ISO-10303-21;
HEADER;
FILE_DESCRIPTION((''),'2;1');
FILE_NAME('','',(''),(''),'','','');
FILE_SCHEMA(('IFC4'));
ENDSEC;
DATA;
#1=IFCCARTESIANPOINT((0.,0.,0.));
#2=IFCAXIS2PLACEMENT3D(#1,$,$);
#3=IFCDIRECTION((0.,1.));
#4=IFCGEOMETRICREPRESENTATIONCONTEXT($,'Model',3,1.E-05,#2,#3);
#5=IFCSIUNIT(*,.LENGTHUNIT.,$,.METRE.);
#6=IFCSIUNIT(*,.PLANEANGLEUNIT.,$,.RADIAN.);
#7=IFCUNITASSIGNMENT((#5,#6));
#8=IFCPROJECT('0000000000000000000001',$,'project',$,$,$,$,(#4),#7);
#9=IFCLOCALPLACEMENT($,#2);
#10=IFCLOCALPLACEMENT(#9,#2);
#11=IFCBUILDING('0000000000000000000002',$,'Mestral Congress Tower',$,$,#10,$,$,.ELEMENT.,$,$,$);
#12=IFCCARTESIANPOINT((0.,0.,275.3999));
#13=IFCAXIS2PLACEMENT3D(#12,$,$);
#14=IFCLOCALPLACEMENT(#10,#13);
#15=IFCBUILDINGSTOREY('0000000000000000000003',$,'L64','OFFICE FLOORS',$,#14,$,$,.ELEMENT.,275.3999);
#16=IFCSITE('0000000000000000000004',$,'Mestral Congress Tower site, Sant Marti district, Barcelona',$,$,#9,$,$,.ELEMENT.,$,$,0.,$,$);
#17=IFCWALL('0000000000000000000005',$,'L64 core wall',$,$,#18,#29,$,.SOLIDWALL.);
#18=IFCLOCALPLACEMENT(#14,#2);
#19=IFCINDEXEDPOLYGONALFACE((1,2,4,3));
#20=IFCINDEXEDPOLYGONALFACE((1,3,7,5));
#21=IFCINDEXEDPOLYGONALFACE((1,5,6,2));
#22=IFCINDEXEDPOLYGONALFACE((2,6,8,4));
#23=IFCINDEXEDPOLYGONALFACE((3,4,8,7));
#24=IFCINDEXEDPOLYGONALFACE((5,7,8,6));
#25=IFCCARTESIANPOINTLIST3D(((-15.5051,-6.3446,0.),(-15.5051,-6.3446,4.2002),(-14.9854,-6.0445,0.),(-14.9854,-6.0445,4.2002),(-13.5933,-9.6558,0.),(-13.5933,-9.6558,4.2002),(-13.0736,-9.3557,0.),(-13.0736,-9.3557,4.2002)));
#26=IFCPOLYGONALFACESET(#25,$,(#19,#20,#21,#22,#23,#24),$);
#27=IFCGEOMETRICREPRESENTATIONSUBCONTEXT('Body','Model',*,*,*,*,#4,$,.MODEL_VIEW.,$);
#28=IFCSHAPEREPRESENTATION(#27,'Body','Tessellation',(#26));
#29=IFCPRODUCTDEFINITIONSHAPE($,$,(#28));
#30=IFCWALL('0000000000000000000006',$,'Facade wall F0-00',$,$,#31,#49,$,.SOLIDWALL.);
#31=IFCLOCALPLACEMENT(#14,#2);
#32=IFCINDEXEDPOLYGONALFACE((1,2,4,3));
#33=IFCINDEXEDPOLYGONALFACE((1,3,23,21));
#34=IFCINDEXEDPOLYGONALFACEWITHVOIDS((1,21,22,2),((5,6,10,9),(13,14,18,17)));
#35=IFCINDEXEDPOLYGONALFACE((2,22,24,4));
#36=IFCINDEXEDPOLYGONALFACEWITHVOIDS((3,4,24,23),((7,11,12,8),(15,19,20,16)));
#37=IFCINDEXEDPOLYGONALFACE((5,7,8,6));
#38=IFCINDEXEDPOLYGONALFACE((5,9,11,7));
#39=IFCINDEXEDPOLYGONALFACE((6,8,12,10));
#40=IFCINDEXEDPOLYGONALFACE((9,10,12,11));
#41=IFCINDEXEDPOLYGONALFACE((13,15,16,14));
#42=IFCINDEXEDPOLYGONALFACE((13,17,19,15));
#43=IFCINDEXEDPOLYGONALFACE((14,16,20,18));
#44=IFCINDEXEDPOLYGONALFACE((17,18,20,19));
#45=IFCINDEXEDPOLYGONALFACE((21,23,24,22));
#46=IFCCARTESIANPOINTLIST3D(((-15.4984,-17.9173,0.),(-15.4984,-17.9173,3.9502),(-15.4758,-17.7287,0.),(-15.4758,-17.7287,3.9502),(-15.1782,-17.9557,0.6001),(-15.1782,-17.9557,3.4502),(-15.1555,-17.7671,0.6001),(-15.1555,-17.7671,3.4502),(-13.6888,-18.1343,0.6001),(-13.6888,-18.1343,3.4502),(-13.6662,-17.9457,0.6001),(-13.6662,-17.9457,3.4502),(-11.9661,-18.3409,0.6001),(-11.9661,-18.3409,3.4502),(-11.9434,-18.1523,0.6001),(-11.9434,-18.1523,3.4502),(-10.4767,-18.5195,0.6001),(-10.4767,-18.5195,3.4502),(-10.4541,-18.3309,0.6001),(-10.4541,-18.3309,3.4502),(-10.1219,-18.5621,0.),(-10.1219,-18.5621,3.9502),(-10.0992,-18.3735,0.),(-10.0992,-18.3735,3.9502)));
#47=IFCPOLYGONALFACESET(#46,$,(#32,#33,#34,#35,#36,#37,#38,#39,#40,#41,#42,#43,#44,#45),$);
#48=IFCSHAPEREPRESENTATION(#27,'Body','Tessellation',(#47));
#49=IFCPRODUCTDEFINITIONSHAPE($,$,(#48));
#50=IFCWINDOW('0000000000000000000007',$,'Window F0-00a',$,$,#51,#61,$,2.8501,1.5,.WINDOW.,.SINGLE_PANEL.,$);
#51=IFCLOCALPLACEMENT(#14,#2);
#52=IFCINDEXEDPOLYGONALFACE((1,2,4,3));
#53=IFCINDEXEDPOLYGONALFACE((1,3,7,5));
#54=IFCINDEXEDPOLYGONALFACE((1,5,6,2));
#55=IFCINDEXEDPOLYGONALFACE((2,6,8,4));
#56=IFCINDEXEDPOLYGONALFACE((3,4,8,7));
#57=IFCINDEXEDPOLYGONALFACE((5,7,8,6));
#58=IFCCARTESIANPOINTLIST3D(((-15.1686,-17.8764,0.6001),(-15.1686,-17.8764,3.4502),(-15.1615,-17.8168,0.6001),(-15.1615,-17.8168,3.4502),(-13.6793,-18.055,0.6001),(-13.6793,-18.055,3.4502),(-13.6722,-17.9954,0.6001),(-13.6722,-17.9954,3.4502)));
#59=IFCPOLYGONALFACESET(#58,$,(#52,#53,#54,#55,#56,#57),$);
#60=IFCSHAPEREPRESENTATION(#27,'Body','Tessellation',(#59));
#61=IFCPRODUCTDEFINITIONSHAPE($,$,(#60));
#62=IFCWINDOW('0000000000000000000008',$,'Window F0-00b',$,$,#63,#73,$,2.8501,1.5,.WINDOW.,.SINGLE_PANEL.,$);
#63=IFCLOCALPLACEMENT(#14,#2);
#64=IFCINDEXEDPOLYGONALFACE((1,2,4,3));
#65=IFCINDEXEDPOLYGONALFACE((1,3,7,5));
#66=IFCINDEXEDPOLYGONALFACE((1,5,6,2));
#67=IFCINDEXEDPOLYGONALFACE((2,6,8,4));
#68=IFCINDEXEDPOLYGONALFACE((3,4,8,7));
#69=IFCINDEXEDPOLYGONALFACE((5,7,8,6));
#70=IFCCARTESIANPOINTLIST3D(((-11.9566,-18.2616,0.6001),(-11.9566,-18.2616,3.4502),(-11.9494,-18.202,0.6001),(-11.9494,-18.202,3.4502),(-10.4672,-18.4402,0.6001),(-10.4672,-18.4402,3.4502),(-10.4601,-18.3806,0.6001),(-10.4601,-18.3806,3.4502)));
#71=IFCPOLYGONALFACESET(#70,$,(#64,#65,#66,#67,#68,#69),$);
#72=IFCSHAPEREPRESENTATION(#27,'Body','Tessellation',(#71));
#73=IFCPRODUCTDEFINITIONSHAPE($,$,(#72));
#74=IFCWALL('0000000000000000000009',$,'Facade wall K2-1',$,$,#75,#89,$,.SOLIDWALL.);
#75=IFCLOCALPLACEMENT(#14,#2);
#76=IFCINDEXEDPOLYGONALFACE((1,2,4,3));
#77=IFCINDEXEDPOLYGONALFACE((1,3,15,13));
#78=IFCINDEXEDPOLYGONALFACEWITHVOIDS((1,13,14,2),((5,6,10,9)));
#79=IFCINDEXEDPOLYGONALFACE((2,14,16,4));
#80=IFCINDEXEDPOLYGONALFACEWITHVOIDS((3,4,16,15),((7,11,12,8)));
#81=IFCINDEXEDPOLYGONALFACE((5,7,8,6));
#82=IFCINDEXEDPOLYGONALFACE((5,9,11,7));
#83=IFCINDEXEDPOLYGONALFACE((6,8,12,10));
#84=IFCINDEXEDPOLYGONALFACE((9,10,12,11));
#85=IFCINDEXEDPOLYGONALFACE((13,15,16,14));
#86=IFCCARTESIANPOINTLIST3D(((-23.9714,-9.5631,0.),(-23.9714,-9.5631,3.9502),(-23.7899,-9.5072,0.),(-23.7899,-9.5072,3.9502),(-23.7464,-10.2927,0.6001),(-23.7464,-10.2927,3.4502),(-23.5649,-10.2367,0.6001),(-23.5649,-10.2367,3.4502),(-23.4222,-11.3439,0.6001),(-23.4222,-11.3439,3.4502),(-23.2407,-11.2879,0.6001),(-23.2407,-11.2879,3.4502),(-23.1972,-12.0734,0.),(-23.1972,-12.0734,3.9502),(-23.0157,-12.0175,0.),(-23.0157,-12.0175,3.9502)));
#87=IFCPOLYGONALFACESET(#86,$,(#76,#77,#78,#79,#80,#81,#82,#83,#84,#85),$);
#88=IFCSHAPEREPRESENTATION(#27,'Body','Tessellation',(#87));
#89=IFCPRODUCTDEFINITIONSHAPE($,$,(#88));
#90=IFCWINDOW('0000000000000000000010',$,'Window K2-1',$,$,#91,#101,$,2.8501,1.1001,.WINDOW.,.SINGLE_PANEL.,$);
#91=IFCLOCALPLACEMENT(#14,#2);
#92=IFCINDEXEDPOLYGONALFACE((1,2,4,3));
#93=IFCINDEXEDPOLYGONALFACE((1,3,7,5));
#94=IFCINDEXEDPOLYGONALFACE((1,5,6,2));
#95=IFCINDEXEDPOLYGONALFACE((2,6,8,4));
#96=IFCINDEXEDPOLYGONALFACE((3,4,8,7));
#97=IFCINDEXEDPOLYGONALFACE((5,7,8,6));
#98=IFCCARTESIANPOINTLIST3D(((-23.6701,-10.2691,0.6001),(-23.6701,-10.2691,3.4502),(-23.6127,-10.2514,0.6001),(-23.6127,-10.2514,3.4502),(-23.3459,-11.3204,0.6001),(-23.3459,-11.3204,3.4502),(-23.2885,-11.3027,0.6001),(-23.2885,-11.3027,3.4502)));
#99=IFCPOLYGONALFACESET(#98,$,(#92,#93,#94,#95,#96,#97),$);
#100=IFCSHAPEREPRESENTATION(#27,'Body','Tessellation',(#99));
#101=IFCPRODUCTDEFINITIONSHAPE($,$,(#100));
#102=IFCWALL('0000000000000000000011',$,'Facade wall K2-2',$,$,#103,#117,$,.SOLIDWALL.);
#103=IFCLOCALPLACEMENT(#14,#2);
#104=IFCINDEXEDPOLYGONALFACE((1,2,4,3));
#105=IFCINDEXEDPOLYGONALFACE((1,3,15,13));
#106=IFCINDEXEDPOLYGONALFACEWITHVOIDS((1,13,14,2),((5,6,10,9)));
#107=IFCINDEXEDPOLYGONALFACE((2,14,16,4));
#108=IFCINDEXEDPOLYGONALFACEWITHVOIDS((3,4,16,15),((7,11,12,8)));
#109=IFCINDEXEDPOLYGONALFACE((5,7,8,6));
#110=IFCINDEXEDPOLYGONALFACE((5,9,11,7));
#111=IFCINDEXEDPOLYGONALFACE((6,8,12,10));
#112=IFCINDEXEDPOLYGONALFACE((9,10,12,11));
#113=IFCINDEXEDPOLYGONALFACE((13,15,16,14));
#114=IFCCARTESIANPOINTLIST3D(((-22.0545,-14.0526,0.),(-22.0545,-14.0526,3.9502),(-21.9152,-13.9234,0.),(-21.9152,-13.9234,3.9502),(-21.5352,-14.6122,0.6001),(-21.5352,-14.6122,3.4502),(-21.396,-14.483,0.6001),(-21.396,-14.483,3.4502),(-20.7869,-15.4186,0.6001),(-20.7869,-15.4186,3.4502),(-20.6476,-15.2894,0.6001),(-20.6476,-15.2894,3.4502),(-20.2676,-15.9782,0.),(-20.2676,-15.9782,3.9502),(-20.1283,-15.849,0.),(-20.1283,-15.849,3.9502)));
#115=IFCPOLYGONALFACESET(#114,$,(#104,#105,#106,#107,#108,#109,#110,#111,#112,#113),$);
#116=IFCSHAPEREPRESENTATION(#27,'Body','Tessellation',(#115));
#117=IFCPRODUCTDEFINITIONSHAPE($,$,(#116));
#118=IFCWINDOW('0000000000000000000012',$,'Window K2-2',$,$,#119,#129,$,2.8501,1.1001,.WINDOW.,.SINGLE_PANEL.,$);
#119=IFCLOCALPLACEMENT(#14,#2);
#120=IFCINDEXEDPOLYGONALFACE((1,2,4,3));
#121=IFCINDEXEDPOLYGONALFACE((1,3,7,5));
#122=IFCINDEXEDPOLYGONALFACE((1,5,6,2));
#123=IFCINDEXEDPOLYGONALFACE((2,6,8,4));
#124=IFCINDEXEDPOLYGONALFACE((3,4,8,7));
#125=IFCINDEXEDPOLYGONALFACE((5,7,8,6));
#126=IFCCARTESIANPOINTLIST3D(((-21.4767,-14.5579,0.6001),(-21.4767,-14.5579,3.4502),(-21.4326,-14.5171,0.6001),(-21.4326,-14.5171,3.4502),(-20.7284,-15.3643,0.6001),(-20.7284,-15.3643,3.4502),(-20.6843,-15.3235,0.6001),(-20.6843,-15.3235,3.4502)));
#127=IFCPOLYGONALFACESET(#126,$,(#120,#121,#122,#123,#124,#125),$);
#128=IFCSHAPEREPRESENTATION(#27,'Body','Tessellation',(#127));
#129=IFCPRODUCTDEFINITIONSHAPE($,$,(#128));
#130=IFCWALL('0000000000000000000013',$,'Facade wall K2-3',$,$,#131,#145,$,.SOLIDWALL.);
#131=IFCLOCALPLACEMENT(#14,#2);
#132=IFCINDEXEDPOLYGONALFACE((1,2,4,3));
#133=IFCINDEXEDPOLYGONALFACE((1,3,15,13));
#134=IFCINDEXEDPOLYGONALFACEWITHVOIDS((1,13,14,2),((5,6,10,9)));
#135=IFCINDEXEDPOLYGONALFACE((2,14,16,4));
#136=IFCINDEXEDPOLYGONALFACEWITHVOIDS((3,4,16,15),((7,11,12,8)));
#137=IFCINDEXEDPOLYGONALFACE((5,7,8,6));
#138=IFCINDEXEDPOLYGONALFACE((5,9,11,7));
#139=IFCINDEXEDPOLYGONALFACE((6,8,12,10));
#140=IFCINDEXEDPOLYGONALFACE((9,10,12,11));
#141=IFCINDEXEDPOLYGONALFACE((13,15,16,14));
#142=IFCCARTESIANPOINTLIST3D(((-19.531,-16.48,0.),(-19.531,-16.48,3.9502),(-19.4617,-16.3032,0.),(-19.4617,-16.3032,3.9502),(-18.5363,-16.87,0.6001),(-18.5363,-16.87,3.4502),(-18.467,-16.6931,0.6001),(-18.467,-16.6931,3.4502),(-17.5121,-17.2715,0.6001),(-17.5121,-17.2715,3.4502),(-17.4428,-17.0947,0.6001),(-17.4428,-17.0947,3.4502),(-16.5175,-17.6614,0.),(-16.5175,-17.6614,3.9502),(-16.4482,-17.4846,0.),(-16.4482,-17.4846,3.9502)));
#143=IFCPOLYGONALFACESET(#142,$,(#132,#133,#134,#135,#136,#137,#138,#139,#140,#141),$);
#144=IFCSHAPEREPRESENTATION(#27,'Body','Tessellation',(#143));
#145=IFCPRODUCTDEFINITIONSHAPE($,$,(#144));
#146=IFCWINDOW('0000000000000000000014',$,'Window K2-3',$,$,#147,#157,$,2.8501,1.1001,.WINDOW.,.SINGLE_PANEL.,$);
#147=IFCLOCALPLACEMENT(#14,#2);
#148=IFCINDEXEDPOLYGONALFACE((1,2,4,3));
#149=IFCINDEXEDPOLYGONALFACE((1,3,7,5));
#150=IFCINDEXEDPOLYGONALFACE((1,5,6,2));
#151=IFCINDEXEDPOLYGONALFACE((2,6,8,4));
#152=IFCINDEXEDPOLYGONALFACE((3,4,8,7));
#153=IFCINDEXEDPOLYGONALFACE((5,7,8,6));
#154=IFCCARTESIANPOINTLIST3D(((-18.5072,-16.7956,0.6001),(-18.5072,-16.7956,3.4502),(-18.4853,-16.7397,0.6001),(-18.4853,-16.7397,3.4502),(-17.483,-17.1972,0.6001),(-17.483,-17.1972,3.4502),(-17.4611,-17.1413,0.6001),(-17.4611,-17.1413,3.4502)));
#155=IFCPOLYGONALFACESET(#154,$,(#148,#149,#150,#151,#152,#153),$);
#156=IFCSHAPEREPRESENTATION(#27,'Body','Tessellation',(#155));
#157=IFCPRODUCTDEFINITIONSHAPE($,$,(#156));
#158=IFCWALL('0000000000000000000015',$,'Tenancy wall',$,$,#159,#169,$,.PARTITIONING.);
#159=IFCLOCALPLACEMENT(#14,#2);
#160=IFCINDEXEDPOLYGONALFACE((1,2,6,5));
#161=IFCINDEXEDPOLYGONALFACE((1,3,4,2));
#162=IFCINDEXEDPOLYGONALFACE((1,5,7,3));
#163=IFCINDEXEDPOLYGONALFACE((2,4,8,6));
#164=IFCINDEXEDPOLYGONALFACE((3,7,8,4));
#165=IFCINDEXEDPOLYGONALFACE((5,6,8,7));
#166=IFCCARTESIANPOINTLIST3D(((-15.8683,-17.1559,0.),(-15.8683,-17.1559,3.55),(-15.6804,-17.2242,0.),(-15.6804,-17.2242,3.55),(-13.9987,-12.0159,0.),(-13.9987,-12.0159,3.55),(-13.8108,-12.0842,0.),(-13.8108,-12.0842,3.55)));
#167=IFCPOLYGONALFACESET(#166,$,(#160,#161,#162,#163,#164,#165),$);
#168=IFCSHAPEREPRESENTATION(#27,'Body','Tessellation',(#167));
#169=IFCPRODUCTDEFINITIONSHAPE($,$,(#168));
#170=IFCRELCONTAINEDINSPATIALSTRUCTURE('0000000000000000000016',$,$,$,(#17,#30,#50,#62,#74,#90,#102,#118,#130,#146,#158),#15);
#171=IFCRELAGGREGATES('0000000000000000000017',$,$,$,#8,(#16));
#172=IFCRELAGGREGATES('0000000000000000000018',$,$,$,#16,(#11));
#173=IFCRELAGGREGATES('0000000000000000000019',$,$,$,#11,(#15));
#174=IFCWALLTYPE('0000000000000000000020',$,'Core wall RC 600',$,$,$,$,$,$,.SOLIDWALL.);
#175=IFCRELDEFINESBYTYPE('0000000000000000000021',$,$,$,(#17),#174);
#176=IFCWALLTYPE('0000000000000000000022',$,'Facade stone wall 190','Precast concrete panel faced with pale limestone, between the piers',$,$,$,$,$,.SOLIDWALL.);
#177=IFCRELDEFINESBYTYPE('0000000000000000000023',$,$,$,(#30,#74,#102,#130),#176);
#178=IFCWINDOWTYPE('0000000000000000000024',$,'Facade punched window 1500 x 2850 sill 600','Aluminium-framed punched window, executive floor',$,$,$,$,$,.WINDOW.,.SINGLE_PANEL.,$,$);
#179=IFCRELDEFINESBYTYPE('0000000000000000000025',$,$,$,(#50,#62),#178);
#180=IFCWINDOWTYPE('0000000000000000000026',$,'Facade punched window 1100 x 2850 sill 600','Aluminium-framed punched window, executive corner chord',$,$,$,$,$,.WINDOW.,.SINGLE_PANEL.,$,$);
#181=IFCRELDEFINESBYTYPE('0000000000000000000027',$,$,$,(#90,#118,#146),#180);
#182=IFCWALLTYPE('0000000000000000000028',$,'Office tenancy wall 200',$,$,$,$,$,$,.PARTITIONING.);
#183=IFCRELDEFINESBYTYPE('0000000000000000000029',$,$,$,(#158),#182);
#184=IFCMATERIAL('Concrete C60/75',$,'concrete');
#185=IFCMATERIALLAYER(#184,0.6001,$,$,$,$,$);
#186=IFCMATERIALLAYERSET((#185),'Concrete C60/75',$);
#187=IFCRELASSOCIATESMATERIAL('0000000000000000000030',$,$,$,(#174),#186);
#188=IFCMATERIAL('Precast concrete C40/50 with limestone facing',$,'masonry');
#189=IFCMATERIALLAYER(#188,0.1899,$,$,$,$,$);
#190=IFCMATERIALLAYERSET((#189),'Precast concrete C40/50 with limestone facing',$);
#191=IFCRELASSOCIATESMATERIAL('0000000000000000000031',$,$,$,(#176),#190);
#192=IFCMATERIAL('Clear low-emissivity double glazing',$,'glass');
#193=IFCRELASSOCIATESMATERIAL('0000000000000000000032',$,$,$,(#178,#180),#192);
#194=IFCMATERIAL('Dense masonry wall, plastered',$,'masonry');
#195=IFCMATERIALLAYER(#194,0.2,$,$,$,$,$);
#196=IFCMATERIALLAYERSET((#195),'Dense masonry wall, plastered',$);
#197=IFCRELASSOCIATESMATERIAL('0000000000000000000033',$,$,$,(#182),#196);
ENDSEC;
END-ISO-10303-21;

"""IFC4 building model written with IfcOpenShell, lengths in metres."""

from ifc_helpers import new_model, si_unit, direction, frame, frame_2d, origin, place, context, subcontext, project, spatial, rectangle, extrude, material, layer, layer_set, type_object, element, fill, save


model = new_model("IFC4")

# Units and contexts
model_context = context("Model", 3, precision=1e-05, world=origin(), true_north=direction((0.0, 1.0)))
body_context = subcontext(model_context, "Body", "Model", "MODEL_VIEW")
ifc_project = project(units=[si_unit("LENGTHUNIT", "METRE"), si_unit("PLANEANGLEUNIT", "RADIAN")], contexts=[model_context])

# Site, building, storey
site_placement = place(None, origin())
site = spatial("IfcSite", under=ifc_project, at=site_placement, Name="Mestral Congress Tower site, Sant Marti district, Barcelona", CompositionType="ELEMENT", RefElevation=0.0)
building_placement = place(site_placement, origin())
building = spatial("IfcBuilding", under=site, at=building_placement, Name="Mestral Congress Tower", CompositionType="ELEMENT")
storey_placement = place(building_placement, frame((0.0, 0.0, 275.3999)))
storey = spatial("IfcBuildingStorey", under=building, at=storey_placement, Name="L64", Description="OFFICE FLOORS", CompositionType="ELEMENT", Elevation=275.3999)

# Shared definitions
ifc_material_1 = material(Name="Concrete C60/75", Category="concrete")

# Wall
ifc_layer_1 = layer(ifc_material_1, 0.6001)
ifc_layer_set_1 = layer_set([ifc_layer_1], Name="Concrete C60/75")
wall_type_1 = type_object("IfcWallType", Name="Core wall RC 600", PredefinedType="SOLIDWALL", material=ifc_layer_set_1)
wall_1_placement = place(storey_placement, frame((-13.3335, -9.5056, 0.0), z_axis=(0.0, 0.0, 1.0), x_axis=(-0.500019, 0.866014, 0.0)))
element("IfcWall", 1, at=wall_1_placement, inside=storey, type_object=wall_type_1, Name="L64 core wall", PredefinedType="SOLIDWALL", context=body_context, shape_type="SweptSolid", body=[
    extrude(rectangle(XDim=3.8235, YDim=0.6001, at=frame_2d((1.9116, 0.0))), origin(), (0.0, 0.0, 1.0), 4.2002),
])

# Wall, openings, windows
ifc_material_2 = material(Name="Precast concrete C40/50 with limestone facing", Category="masonry")
ifc_layer_2 = layer(ifc_material_2, 0.1899)
ifc_layer_set_2 = layer_set([ifc_layer_2], Name="Precast concrete C40/50 with limestone facing")
wall_type_2 = type_object("IfcWallType", Name="Facade stone wall 190", Description="Precast concrete panel faced with pale limestone, between the piers", PredefinedType="SOLIDWALL", material=ifc_layer_set_2)
wall_2_placement = place(storey_placement, frame((-15.4871, -17.823, 0.0), z_axis=(0.0, 0.0, 1.0), x_axis=(0.992886, -0.119072, 0.0)))
wall_2 = element("IfcWall", 2, at=wall_2_placement, inside=storey, type_object=wall_type_2, Name="Facade wall F0-00", PredefinedType="SOLIDWALL", context=body_context, shape_type="SweptSolid", body=[
    extrude(rectangle(XDim=5.415, YDim=0.1899, at=frame_2d((2.7075, 0.0))), origin(), (0.0, 0.0, 1.0), 3.9502),
])
opening_1_placement = place(wall_2_placement, frame((0.3225, 0.0, 0.6001)))
opening_1 = element("IfcOpeningElement", 3, at=opening_1_placement, cuts=wall_2, PredefinedType="OPENING", context=body_context, shape_type="SweptSolid", body=[
    extrude(rectangle(XDim=1.5, YDim=2.8501, at=frame_2d((0.75, 1.425))), frame((0.0, 0.105, 0.0), z_axis=(0.0, -1.0, 0.0), x_axis=(1.0, 0.0, 0.0)), (0.0, 0.0, 1.0), 0.21),
])
opening_2_placement = place(wall_2_placement, frame((3.5576, 0.0, 0.6001)))
opening_2 = element("IfcOpeningElement", 4, at=opening_2_placement, cuts=wall_2, PredefinedType="OPENING", context=body_context, shape_type="SweptSolid", body=[
    extrude(rectangle(XDim=1.5, YDim=2.8501, at=frame_2d((0.75, 1.425))), frame((0.0, 0.105, 0.0), z_axis=(0.0, -1.0, 0.0), x_axis=(1.0, 0.0, 0.0)), (0.0, 0.0, 1.0), 0.21),
])
ifc_material_3 = material(Name="Clear low-emissivity double glazing", Category="glass")
window_type_1 = type_object("IfcWindowType", Name="Facade punched window 1500 x 2850 sill 600", Description="Aluminium-framed punched window, executive floor", PartitioningType="SINGLE_PANEL", PredefinedType="WINDOW", material=ifc_material_3)
window_1_placement = place(opening_1_placement, origin())
window_1 = element("IfcWindow", 5, at=window_1_placement, inside=storey, type_object=window_type_1, Name="Window F0-00a", OverallHeight=2.8501, OverallWidth=1.5, PartitioningType="SINGLE_PANEL", PredefinedType="WINDOW", context=body_context, shape_type="SweptSolid", body=[
    extrude(rectangle(XDim=1.5, YDim=2.8501, at=frame_2d((0.75, 1.425))), frame((0.0, 0.0449, 0.0), z_axis=(0.0, -1.0, 0.0), x_axis=(1.0, 0.0, 0.0)), (0.0, 0.0, 1.0), 0.0601),
])
fill(opening_1, window_1)
window_2_placement = place(opening_2_placement, origin())
window_2 = element("IfcWindow", 6, at=window_2_placement, inside=storey, type_object=window_type_1, Name="Window F0-00b", OverallHeight=2.8501, OverallWidth=1.5, PartitioningType="SINGLE_PANEL", PredefinedType="WINDOW", context=body_context, shape_type="SweptSolid", body=[
    extrude(rectangle(XDim=1.5, YDim=2.8501, at=frame_2d((0.75, 1.425))), frame((0.0, 0.0449, 0.0), z_axis=(0.0, -1.0, 0.0), x_axis=(1.0, 0.0, 0.0)), (0.0, 0.0, 1.0), 0.0601),
])
fill(opening_2, window_2)

# Walls, openings, windows
wall_3_placement = place(storey_placement, frame((-23.8806, -9.5352, 0.0), z_axis=(0.0, 0.0, 1.0), x_axis=(0.294706, -0.955588, 0.0)))
wall_3 = element("IfcWall", 7, at=wall_3_placement, inside=storey, type_object=wall_type_2, Name="Facade wall K2-1", PredefinedType="SOLIDWALL", context=body_context, shape_type="SweptSolid", body=[
    extrude(rectangle(XDim=2.627, YDim=0.1899, at=frame_2d((1.3135, 0.0))), origin(), (0.0, 0.0, 1.0), 3.9502),
])
opening_3_placement = place(wall_3_placement, frame((0.7634, 0.0, 0.6001)))
opening_3 = element("IfcOpeningElement", 8, at=opening_3_placement, cuts=wall_3, PredefinedType="OPENING", context=body_context, shape_type="SweptSolid", body=[
    extrude(rectangle(XDim=1.1001, YDim=2.8501, at=frame_2d((0.55, 1.425))), frame((0.0, 0.105, 0.0), z_axis=(0.0, -1.0, 0.0), x_axis=(1.0, 0.0, 0.0)), (0.0, 0.0, 1.0), 0.21),
])
window_type_2 = type_object("IfcWindowType", Name="Facade punched window 1100 x 2850 sill 600", Description="Aluminium-framed punched window, executive corner chord", PartitioningType="SINGLE_PANEL", PredefinedType="WINDOW", material=ifc_material_3)
window_3_placement = place(opening_3_placement, origin())
window_3 = element("IfcWindow", 9, at=window_3_placement, inside=storey, type_object=window_type_2, Name="Window K2-1", OverallHeight=2.8501, OverallWidth=1.1001, PartitioningType="SINGLE_PANEL", PredefinedType="WINDOW", context=body_context, shape_type="SweptSolid", body=[
    extrude(rectangle(XDim=1.1001, YDim=2.8501, at=frame_2d((0.55, 1.425))), frame((0.0, 0.0449, 0.0), z_axis=(0.0, -1.0, 0.0), x_axis=(1.0, 0.0, 0.0)), (0.0, 0.0, 1.0), 0.0601),
])
fill(opening_3, window_3)
wall_4_placement = place(storey_placement, frame((-21.9849, -13.988, 0.0), z_axis=(0.0, 0.0, 1.0), x_axis=(0.680219, -0.733009, 0.0)))
wall_4 = element("IfcWall", 10, at=wall_4_placement, inside=storey, type_object=wall_type_2, Name="Facade wall K2-2", PredefinedType="SOLIDWALL", context=body_context, shape_type="SweptSolid", body=[
    extrude(rectangle(XDim=2.627, YDim=0.1899, at=frame_2d((1.3135, 0.0))), origin(), (0.0, 0.0, 1.0), 3.9502),
])
opening_4_placement = place(wall_4_placement, frame((0.7634, 0.0, 0.6001)))
opening_4 = element("IfcOpeningElement", 11, at=opening_4_placement, cuts=wall_4, PredefinedType="OPENING", context=body_context, shape_type="SweptSolid", body=[
    extrude(rectangle(XDim=1.1001, YDim=2.8501, at=frame_2d((0.55, 1.425))), frame((0.0, 0.105, 0.0), z_axis=(0.0, -1.0, 0.0), x_axis=(1.0, 0.0, 0.0)), (0.0, 0.0, 1.0), 0.21),
])
window_4_placement = place(opening_4_placement, origin())
window_4 = element("IfcWindow", 12, at=window_4_placement, inside=storey, type_object=window_type_2, Name="Window K2-2", OverallHeight=2.8501, OverallWidth=1.1001, PartitioningType="SINGLE_PANEL", PredefinedType="WINDOW", context=body_context, shape_type="SweptSolid", body=[
    extrude(rectangle(XDim=1.1001, YDim=2.8501, at=frame_2d((0.55, 1.425))), frame((0.0, 0.0449, 0.0), z_axis=(0.0, -1.0, 0.0), x_axis=(1.0, 0.0, 0.0)), (0.0, 0.0, 1.0), 0.0601),
])
fill(opening_4, window_4)
wall_5_placement = place(storey_placement, frame((-19.4963, -16.3916, 0.0), z_axis=(0.0, 0.0, 1.0), x_axis=(0.931009, -0.364997, 0.0)))
wall_5 = element("IfcWall", 13, at=wall_5_placement, inside=storey, type_object=wall_type_2, Name="Facade wall K2-3", PredefinedType="SOLIDWALL", context=body_context, shape_type="SweptSolid", body=[
    extrude(rectangle(XDim=3.2368, YDim=0.1899, at=frame_2d((1.6184, 0.0))), origin(), (0.0, 0.0, 1.0), 3.9502),
])
opening_5_placement = place(wall_5_placement, frame((1.0684, 0.0, 0.6001)))
opening_5 = element("IfcOpeningElement", 14, at=opening_5_placement, cuts=wall_5, PredefinedType="OPENING", context=body_context, shape_type="SweptSolid", body=[
    extrude(rectangle(XDim=1.1001, YDim=2.8501, at=frame_2d((0.55, 1.425))), frame((0.0, 0.105, 0.0), z_axis=(0.0, -1.0, 0.0), x_axis=(1.0, 0.0, 0.0)), (0.0, 0.0, 1.0), 0.21),
])
window_5_placement = place(opening_5_placement, origin())
window_5 = element("IfcWindow", 15, at=window_5_placement, inside=storey, type_object=window_type_2, Name="Window K2-3", OverallHeight=2.8501, OverallWidth=1.1001, PartitioningType="SINGLE_PANEL", PredefinedType="WINDOW", context=body_context, shape_type="SweptSolid", body=[
    extrude(rectangle(XDim=1.1001, YDim=2.8501, at=frame_2d((0.55, 1.425))), frame((0.0, 0.0449, 0.0), z_axis=(0.0, -1.0, 0.0), x_axis=(1.0, 0.0, 0.0)), (0.0, 0.0, 1.0), 0.0601),
])
fill(opening_5, window_5)

# Wall
ifc_material_4 = material(Name="Dense masonry wall, plastered", Category="masonry")
ifc_layer_3 = layer(ifc_material_4, 0.2)
ifc_layer_set_3 = layer_set([ifc_layer_3], Name="Dense masonry wall, plastered")
wall_type_3 = type_object("IfcWallType", Name="Office tenancy wall 200", PredefinedType="PARTITIONING", material=ifc_layer_set_3)
wall_6_placement = place(storey_placement, frame((-15.7744, -17.1902, 0.0), z_axis=(0.0, 0.0, 1.0), x_axis=(0.341822, 0.939765, 0.0)))
element("IfcWall", 16, at=wall_6_placement, inside=storey, type_object=wall_type_3, Name="Tenancy wall", PredefinedType="PARTITIONING", context=body_context, shape_type="SweptSolid", body=[
    extrude(rectangle(XDim=5.4695, YDim=0.2, at=frame_2d((2.7349, 0.0))), origin(), (0.0, 0.0, 1.0), 3.55),
])

save(model, "model.ifc")
